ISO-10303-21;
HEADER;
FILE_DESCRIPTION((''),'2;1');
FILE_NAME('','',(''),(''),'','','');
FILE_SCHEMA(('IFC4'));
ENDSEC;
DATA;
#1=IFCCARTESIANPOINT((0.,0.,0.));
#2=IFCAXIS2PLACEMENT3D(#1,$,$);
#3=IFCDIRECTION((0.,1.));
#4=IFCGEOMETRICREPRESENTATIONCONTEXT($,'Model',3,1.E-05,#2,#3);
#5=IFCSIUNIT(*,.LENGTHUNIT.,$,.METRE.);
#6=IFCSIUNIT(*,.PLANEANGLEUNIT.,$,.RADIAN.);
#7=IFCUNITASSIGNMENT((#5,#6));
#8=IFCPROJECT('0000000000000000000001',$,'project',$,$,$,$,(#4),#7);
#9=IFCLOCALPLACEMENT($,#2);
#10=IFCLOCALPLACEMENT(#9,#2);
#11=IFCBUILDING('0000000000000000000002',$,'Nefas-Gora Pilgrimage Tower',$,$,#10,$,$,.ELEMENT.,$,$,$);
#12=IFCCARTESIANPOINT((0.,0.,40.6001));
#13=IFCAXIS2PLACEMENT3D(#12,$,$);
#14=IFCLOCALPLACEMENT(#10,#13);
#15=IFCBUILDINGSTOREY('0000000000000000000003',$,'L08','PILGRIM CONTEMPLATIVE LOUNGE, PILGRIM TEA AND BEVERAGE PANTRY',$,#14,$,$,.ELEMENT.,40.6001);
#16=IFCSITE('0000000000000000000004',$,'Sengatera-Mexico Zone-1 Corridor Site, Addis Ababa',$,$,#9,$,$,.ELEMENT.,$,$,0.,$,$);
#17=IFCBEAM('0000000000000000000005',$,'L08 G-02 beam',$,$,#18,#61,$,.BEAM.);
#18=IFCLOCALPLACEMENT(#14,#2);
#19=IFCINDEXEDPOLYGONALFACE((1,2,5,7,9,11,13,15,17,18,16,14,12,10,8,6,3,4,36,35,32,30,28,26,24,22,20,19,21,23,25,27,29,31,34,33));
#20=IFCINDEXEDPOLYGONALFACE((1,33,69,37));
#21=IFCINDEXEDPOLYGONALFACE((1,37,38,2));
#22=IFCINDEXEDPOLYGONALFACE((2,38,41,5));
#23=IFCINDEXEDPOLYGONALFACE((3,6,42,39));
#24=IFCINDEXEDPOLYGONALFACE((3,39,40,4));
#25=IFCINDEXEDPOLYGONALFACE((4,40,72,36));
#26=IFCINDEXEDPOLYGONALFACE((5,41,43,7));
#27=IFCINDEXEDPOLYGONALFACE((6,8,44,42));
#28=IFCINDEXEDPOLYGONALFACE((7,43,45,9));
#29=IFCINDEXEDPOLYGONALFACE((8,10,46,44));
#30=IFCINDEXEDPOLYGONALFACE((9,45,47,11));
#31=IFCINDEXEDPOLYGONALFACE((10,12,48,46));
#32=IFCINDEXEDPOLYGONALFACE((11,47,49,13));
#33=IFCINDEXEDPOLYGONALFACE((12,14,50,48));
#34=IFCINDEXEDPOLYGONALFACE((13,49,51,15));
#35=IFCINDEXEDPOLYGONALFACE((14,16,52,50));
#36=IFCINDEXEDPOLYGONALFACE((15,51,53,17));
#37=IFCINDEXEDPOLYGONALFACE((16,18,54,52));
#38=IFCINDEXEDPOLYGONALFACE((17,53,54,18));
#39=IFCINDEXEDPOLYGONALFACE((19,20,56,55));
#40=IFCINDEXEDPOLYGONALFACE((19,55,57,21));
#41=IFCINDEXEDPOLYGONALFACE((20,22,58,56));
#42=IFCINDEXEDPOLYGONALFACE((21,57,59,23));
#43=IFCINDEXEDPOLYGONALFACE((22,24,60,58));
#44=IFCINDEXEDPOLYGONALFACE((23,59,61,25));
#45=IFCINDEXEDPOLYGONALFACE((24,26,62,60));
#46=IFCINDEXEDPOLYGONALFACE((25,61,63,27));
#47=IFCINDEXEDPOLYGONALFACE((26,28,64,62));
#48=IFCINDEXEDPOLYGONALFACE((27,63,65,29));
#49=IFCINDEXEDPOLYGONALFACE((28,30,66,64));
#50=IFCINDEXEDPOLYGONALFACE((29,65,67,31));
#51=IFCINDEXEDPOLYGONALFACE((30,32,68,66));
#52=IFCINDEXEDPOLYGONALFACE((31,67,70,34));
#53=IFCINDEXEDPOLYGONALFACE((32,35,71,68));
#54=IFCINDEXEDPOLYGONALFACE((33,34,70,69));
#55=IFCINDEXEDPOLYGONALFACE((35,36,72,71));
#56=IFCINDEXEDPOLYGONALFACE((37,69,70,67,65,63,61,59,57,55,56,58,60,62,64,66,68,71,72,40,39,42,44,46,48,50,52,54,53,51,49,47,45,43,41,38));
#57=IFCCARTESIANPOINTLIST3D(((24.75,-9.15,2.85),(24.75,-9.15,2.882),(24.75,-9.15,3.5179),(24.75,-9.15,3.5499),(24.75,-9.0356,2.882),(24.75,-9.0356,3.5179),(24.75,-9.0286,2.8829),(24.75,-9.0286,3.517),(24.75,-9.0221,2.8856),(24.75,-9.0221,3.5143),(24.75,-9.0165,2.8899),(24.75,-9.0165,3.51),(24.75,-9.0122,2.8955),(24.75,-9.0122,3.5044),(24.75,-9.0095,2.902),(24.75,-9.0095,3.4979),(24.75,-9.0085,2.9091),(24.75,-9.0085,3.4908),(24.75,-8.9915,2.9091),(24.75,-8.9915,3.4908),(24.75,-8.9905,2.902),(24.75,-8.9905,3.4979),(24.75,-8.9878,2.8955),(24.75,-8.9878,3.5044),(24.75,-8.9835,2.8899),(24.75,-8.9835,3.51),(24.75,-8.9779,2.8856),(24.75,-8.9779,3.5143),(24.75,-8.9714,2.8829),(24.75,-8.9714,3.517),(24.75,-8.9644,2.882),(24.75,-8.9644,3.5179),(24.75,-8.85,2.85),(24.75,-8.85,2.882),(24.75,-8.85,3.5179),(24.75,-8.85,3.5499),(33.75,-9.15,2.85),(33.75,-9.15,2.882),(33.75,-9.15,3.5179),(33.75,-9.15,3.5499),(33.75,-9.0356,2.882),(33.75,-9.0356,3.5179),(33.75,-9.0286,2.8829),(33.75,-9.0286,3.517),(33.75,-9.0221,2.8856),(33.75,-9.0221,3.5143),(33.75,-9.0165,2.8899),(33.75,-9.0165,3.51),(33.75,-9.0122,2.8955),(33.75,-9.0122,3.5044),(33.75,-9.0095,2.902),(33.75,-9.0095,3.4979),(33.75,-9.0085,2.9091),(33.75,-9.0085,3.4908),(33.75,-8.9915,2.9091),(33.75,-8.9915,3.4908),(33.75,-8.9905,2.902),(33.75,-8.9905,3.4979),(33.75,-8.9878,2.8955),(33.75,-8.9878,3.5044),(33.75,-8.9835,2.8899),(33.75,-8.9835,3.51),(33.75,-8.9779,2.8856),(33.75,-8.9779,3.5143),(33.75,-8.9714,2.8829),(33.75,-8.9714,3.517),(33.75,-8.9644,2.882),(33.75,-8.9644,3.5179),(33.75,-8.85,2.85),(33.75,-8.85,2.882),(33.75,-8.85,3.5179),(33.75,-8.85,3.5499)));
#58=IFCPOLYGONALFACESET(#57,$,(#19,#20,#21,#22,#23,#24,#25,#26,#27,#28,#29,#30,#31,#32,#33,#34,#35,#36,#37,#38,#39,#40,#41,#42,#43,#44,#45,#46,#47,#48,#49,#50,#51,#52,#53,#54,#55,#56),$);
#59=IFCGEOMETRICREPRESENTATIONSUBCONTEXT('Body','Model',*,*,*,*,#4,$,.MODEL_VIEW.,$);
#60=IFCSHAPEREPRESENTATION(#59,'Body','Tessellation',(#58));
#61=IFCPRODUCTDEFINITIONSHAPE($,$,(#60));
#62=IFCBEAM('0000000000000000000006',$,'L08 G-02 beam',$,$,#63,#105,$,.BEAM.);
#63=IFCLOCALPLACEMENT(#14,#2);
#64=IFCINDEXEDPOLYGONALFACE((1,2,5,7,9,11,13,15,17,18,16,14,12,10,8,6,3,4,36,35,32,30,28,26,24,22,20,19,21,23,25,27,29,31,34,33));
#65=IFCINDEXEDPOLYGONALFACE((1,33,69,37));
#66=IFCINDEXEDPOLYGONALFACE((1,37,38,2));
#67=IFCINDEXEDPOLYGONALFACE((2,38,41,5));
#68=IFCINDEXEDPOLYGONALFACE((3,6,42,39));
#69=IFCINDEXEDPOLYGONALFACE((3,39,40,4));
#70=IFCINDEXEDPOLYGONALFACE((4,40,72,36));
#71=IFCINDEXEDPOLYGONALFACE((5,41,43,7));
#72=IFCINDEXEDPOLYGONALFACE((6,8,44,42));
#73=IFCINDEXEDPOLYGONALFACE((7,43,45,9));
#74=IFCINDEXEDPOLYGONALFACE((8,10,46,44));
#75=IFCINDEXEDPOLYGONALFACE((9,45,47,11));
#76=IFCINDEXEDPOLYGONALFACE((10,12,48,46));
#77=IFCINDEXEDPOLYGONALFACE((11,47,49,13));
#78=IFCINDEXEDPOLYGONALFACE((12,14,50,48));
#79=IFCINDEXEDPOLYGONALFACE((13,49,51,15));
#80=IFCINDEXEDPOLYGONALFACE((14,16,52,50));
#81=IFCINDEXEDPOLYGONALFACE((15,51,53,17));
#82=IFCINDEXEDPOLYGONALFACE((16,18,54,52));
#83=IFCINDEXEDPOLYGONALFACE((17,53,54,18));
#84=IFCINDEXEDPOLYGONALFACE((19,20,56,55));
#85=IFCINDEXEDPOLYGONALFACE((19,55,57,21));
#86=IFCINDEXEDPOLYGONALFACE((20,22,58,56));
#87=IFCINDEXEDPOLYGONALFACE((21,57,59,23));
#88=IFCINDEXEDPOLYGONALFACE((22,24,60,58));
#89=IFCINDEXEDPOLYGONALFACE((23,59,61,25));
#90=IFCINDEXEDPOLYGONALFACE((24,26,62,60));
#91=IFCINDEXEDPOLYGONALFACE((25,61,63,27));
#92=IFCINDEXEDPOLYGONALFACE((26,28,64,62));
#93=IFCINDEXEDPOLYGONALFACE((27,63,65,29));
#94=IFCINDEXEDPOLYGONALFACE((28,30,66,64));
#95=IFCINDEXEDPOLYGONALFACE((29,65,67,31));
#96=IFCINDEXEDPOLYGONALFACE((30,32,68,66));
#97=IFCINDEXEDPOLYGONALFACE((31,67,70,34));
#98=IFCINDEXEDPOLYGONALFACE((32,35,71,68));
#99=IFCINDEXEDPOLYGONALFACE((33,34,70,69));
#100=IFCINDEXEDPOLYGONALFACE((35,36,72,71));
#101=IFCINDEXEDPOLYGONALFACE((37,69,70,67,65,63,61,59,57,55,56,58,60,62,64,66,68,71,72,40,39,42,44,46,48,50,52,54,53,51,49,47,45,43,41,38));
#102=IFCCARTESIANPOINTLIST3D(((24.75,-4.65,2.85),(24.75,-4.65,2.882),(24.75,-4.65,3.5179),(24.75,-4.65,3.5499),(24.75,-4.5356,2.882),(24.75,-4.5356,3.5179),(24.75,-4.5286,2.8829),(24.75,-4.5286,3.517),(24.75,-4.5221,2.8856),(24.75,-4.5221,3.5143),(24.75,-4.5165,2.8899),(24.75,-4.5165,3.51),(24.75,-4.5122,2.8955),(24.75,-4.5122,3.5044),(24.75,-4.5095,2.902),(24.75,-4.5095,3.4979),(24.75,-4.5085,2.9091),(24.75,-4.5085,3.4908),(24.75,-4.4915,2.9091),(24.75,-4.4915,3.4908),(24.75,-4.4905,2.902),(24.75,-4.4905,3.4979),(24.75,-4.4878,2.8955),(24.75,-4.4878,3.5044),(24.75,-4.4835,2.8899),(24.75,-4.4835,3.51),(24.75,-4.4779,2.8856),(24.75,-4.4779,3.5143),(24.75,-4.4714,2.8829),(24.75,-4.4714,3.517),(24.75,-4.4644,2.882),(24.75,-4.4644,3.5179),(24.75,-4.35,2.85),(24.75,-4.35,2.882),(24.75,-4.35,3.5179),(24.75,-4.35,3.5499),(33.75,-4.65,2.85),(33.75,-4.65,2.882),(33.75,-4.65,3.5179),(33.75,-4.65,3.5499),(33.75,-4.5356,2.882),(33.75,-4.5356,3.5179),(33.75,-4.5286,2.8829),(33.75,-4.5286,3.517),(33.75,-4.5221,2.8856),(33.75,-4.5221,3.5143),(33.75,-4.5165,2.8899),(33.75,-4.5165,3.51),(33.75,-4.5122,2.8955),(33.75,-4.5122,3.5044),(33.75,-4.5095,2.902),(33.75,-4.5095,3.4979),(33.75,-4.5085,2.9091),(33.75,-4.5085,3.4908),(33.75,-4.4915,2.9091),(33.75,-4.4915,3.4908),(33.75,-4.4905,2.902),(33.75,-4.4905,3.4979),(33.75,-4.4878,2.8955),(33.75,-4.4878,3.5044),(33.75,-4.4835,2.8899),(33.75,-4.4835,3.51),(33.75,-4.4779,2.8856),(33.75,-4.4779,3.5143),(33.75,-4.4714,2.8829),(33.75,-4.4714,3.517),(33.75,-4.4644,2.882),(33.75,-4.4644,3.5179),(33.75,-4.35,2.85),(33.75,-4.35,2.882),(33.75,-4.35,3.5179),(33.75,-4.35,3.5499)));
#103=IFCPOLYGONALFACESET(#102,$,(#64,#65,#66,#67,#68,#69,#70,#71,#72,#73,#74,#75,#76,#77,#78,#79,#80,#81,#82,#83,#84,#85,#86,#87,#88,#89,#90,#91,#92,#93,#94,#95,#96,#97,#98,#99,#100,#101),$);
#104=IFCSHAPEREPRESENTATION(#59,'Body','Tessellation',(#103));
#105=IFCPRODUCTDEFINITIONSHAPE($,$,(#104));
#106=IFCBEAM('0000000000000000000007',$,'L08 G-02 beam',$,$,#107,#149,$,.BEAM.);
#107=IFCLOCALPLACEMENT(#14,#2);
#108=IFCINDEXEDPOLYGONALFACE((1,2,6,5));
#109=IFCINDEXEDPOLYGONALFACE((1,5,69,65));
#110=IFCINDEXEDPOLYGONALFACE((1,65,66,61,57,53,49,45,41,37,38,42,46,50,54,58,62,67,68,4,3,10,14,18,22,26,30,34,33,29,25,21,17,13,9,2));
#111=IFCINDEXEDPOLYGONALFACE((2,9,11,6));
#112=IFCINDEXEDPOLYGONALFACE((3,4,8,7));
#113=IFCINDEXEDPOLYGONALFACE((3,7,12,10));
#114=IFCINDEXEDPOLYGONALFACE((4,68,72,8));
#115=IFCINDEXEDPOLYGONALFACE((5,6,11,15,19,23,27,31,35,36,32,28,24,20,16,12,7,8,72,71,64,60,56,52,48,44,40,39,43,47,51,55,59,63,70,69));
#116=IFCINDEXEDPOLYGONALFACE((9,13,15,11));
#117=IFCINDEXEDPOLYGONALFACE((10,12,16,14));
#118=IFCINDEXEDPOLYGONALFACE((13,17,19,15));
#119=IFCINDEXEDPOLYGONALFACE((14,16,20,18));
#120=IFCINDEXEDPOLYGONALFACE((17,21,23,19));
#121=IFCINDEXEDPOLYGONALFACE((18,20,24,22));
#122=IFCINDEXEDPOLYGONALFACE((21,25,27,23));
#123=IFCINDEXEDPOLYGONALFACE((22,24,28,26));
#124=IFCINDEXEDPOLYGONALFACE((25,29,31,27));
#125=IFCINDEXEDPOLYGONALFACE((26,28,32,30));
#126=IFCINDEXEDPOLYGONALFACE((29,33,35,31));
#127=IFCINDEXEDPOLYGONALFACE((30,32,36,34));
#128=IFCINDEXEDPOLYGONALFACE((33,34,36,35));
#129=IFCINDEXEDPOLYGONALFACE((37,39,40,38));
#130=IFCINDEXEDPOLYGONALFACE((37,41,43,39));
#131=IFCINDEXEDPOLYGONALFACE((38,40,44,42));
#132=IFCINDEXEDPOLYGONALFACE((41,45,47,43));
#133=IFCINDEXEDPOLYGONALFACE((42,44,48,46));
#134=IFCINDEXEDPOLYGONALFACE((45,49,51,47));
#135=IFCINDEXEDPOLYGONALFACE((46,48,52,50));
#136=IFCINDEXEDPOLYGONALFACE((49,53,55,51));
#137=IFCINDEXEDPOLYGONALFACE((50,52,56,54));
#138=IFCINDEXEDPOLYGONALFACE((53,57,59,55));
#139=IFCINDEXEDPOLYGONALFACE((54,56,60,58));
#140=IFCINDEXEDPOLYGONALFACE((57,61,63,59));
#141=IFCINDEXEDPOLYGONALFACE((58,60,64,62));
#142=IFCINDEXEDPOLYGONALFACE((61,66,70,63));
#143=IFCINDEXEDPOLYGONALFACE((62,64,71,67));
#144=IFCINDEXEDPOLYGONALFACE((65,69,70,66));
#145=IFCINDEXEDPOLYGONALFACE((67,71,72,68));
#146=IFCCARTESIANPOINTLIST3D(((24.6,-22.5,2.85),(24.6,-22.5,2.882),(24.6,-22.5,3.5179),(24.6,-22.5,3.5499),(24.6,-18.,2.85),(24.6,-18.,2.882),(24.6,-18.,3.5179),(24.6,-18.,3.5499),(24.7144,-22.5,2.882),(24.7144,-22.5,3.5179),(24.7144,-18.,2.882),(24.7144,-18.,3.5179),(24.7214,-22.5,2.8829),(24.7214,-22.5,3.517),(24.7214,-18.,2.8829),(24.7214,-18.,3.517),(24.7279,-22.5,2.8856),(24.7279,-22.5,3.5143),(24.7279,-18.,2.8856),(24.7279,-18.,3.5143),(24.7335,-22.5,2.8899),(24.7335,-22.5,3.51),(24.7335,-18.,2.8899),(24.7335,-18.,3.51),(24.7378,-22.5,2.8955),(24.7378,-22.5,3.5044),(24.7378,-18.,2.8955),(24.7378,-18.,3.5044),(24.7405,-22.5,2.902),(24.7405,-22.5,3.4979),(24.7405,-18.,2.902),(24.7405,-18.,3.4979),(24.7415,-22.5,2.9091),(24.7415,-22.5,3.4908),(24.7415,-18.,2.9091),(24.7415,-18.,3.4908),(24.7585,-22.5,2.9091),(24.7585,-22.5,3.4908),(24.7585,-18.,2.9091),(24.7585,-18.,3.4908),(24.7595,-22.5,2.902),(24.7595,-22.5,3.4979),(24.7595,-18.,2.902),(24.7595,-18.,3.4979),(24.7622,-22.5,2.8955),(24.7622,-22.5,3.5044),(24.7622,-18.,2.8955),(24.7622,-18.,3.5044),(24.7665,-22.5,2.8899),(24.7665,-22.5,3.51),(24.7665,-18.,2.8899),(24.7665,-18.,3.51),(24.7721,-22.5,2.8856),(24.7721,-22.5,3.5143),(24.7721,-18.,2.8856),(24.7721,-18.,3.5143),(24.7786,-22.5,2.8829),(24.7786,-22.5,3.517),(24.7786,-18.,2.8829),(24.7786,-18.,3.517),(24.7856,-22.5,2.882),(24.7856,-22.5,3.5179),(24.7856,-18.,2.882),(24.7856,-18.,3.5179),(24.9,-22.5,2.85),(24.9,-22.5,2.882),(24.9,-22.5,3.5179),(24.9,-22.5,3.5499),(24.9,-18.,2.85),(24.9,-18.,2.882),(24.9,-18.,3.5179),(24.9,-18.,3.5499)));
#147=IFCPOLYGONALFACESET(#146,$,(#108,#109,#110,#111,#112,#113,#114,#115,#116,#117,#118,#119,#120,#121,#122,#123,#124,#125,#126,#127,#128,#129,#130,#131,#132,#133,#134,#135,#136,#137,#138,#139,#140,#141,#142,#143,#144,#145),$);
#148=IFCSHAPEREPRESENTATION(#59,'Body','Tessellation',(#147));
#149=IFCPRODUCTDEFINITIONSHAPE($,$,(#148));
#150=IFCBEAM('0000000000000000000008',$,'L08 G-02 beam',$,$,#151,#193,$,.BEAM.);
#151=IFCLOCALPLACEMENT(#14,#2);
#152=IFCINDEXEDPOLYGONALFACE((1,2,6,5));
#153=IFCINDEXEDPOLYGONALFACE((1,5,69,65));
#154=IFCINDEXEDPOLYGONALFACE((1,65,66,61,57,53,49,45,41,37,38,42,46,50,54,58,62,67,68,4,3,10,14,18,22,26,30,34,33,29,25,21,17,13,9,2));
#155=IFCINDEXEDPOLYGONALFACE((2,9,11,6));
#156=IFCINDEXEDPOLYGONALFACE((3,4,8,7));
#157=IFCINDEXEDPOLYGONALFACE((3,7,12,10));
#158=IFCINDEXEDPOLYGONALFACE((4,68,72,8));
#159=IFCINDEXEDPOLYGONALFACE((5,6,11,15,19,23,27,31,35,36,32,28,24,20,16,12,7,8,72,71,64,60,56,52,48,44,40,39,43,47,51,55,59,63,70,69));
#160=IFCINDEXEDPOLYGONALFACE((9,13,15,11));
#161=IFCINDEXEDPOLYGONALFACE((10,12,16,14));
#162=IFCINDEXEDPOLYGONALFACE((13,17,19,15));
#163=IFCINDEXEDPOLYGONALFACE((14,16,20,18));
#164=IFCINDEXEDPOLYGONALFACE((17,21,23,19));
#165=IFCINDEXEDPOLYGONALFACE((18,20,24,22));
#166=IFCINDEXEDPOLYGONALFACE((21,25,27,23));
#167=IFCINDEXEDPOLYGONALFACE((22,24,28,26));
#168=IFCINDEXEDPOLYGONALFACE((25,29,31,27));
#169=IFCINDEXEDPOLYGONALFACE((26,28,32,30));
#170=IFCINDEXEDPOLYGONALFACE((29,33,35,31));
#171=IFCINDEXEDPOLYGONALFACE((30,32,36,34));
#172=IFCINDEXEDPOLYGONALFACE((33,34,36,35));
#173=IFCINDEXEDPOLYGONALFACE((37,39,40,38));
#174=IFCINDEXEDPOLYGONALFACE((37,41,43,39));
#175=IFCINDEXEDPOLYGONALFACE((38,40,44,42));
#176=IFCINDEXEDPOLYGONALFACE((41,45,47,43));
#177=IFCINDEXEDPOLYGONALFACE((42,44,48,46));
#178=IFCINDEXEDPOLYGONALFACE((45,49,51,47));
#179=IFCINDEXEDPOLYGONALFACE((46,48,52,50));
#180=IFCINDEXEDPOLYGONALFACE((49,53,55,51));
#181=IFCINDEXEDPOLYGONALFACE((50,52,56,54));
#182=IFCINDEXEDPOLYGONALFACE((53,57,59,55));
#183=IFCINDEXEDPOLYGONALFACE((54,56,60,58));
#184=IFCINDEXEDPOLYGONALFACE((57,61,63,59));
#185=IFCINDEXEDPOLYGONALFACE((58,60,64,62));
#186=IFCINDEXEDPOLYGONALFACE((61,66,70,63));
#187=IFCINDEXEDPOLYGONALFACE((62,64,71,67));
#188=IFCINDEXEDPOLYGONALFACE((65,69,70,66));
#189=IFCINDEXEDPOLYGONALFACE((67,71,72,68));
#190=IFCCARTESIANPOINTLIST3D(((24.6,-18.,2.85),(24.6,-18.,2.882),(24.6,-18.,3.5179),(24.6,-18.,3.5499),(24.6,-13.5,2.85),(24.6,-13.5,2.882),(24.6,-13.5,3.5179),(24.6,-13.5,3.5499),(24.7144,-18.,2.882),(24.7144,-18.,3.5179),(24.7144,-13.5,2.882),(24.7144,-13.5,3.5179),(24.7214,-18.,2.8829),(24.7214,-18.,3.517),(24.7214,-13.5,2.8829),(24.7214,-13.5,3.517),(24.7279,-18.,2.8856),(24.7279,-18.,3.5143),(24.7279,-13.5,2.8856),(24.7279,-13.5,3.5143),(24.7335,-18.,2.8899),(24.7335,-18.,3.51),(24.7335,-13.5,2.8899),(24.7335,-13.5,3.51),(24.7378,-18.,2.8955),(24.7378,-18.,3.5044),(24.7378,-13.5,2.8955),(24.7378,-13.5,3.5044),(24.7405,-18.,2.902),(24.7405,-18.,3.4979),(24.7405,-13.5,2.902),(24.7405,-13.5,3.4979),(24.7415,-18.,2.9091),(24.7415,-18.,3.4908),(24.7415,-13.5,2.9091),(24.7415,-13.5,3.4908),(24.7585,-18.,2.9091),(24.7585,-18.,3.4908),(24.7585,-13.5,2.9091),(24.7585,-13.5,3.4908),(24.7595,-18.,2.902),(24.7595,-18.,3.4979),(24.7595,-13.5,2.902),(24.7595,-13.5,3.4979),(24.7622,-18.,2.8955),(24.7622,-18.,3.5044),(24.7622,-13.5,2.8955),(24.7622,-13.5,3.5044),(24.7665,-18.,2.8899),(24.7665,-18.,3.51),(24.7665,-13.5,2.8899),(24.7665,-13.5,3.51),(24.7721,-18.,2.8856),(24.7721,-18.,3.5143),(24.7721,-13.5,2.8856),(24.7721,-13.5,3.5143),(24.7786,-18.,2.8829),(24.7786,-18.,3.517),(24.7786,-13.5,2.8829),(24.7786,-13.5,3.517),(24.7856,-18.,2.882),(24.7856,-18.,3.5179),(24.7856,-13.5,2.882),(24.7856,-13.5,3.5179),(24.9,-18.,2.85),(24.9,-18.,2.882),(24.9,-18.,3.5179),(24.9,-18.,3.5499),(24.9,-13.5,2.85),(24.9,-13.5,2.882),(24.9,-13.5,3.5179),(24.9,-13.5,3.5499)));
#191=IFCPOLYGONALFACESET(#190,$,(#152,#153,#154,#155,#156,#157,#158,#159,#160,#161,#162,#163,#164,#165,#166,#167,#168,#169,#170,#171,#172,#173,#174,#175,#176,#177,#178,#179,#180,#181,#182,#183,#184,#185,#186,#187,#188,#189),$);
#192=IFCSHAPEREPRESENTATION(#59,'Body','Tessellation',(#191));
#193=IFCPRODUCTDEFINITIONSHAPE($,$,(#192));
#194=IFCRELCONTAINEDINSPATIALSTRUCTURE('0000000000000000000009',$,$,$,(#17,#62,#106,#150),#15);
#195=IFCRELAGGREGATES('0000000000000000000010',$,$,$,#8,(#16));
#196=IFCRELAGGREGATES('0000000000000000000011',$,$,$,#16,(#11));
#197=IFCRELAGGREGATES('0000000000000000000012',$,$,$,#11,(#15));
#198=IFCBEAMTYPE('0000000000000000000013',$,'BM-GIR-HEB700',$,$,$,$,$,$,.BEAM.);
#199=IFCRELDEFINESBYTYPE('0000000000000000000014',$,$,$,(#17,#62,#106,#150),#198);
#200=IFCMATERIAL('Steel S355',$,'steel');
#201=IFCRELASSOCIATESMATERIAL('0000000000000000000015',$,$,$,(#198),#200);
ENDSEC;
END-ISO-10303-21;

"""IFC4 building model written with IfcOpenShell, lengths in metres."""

from ifc_helpers import new_model, si_unit, direction, frame, origin, origin_2d, place, context, subcontext, project, spatial, i_section, extrude, source, transform, mapped, material, material_profile, profile_set, type_object, element, save


model = new_model("IFC4")

# Units and contexts
model_context = context("Model", 3, precision=1e-05, world=origin(), true_north=direction((0.0, 1.0)))
body_context = subcontext(model_context, "Body", "Model", "MODEL_VIEW")
ifc_project = project(units=[si_unit("LENGTHUNIT", "METRE"), si_unit("PLANEANGLEUNIT", "RADIAN")], contexts=[model_context])

# Site, building, storey
site_placement = place(None, origin())
site = spatial("IfcSite", under=ifc_project, at=site_placement, Name="Sengatera-Mexico Zone-1 Corridor Site, Addis Ababa", CompositionType="ELEMENT", RefElevation=0.0)
building_placement = place(site_placement, origin())
building = spatial("IfcBuilding", under=site, at=building_placement, Name="Nefas-Gora Pilgrimage Tower", CompositionType="ELEMENT")
storey_placement = place(building_placement, frame((0.0, 0.0, 40.6001)))
storey = spatial("IfcBuildingStorey", under=building, at=storey_placement, Name="L08", Description="PILGRIM CONTEMPLATIVE LOUNGE, PILGRIM TEA AND BEVERAGE PANTRY", CompositionType="ELEMENT", Elevation=40.6001)

# Beams
ifc_material_1 = material(Name="Steel S355", Category="steel")
ifc_material_profile_1 = material_profile(ifc_material_1, i_section(OverallWidth=0.3, OverallDepth=0.7, WebThickness=0.0171, FlangeThickness=0.032, FilletRadius=0.0271, at=origin_2d()), Name="HEB 700")
ifc_profile_set_1 = profile_set([ifc_material_profile_1], Name="Steel S355")
beam_type_1 = type_object("IfcBeamType", Name="BM-GIR-HEB700", PredefinedType="BEAM", material=ifc_profile_set_1)
shared_shape_1 = source(origin(), body_context, "Body", "SweptSolid", [
    extrude(i_section(OverallWidth=0.3, OverallDepth=0.7, WebThickness=0.0171, FlangeThickness=0.032, FilletRadius=0.0271, at=origin_2d()), origin(), (0.0, 0.0, 1.0), 9.0),
])
for number, where, z_axis, x_axis, name in (
    (1, (24.75, -9.0, 3.2), (1.0, 0.0, 0.0), (0.0, 1.0, 0.0), "L08 G-02 beam"),
    (2, (24.75, -4.5, 3.2), (1.0, 0.0, 0.0), (0.0, 1.0, 0.0), "L08 G-02 beam"),
):
    element("IfcBeam", number, at=place(storey_placement, frame(where, z_axis=z_axis, x_axis=x_axis)), inside=storey, type_object=beam_type_1, Name=name, PredefinedType="BEAM", context=body_context, shape_type="MappedRepresentation", body=[
        mapped(shared_shape_1, transform((0.0, 0.0, 0.0), x_axis=(1.0, 0.0, 0.0), y_axis=(0.0, 1.0, 0.0), z_axis=(0.0, 0.0, 1.0), scale=1.0)),
    ])
shared_shape_2 = source(origin(), body_context, "Body", "SweptSolid", [
    extrude(i_section(OverallWidth=0.3, OverallDepth=0.7, WebThickness=0.0171, FlangeThickness=0.032, FilletRadius=0.0271, at=origin_2d()), origin(), (0.0, 0.0, 1.0), 4.5),
])
for number, where, z_axis, x_axis, name in (
    (3, (24.75, -22.5, 3.2), (0.0, 1.0, 0.0), (-1.0, 0.0, 0.0), "L08 G-02 beam"),
    (4, (24.75, -18.0, 3.2), (0.0, 1.0, 0.0), (-1.0, 0.0, 0.0), "L08 G-02 beam"),
):
    element("IfcBeam", number, at=place(storey_placement, frame(where, z_axis=z_axis, x_axis=x_axis)), inside=storey, type_object=beam_type_1, Name=name, PredefinedType="BEAM", context=body_context, shape_type="MappedRepresentation", body=[
        mapped(shared_shape_2, transform((0.0, 0.0, 0.0), x_axis=(1.0, 0.0, 0.0), y_axis=(0.0, 1.0, 0.0), z_axis=(0.0, 0.0, 1.0), scale=1.0)),
    ])

save(model, "model.ifc")
